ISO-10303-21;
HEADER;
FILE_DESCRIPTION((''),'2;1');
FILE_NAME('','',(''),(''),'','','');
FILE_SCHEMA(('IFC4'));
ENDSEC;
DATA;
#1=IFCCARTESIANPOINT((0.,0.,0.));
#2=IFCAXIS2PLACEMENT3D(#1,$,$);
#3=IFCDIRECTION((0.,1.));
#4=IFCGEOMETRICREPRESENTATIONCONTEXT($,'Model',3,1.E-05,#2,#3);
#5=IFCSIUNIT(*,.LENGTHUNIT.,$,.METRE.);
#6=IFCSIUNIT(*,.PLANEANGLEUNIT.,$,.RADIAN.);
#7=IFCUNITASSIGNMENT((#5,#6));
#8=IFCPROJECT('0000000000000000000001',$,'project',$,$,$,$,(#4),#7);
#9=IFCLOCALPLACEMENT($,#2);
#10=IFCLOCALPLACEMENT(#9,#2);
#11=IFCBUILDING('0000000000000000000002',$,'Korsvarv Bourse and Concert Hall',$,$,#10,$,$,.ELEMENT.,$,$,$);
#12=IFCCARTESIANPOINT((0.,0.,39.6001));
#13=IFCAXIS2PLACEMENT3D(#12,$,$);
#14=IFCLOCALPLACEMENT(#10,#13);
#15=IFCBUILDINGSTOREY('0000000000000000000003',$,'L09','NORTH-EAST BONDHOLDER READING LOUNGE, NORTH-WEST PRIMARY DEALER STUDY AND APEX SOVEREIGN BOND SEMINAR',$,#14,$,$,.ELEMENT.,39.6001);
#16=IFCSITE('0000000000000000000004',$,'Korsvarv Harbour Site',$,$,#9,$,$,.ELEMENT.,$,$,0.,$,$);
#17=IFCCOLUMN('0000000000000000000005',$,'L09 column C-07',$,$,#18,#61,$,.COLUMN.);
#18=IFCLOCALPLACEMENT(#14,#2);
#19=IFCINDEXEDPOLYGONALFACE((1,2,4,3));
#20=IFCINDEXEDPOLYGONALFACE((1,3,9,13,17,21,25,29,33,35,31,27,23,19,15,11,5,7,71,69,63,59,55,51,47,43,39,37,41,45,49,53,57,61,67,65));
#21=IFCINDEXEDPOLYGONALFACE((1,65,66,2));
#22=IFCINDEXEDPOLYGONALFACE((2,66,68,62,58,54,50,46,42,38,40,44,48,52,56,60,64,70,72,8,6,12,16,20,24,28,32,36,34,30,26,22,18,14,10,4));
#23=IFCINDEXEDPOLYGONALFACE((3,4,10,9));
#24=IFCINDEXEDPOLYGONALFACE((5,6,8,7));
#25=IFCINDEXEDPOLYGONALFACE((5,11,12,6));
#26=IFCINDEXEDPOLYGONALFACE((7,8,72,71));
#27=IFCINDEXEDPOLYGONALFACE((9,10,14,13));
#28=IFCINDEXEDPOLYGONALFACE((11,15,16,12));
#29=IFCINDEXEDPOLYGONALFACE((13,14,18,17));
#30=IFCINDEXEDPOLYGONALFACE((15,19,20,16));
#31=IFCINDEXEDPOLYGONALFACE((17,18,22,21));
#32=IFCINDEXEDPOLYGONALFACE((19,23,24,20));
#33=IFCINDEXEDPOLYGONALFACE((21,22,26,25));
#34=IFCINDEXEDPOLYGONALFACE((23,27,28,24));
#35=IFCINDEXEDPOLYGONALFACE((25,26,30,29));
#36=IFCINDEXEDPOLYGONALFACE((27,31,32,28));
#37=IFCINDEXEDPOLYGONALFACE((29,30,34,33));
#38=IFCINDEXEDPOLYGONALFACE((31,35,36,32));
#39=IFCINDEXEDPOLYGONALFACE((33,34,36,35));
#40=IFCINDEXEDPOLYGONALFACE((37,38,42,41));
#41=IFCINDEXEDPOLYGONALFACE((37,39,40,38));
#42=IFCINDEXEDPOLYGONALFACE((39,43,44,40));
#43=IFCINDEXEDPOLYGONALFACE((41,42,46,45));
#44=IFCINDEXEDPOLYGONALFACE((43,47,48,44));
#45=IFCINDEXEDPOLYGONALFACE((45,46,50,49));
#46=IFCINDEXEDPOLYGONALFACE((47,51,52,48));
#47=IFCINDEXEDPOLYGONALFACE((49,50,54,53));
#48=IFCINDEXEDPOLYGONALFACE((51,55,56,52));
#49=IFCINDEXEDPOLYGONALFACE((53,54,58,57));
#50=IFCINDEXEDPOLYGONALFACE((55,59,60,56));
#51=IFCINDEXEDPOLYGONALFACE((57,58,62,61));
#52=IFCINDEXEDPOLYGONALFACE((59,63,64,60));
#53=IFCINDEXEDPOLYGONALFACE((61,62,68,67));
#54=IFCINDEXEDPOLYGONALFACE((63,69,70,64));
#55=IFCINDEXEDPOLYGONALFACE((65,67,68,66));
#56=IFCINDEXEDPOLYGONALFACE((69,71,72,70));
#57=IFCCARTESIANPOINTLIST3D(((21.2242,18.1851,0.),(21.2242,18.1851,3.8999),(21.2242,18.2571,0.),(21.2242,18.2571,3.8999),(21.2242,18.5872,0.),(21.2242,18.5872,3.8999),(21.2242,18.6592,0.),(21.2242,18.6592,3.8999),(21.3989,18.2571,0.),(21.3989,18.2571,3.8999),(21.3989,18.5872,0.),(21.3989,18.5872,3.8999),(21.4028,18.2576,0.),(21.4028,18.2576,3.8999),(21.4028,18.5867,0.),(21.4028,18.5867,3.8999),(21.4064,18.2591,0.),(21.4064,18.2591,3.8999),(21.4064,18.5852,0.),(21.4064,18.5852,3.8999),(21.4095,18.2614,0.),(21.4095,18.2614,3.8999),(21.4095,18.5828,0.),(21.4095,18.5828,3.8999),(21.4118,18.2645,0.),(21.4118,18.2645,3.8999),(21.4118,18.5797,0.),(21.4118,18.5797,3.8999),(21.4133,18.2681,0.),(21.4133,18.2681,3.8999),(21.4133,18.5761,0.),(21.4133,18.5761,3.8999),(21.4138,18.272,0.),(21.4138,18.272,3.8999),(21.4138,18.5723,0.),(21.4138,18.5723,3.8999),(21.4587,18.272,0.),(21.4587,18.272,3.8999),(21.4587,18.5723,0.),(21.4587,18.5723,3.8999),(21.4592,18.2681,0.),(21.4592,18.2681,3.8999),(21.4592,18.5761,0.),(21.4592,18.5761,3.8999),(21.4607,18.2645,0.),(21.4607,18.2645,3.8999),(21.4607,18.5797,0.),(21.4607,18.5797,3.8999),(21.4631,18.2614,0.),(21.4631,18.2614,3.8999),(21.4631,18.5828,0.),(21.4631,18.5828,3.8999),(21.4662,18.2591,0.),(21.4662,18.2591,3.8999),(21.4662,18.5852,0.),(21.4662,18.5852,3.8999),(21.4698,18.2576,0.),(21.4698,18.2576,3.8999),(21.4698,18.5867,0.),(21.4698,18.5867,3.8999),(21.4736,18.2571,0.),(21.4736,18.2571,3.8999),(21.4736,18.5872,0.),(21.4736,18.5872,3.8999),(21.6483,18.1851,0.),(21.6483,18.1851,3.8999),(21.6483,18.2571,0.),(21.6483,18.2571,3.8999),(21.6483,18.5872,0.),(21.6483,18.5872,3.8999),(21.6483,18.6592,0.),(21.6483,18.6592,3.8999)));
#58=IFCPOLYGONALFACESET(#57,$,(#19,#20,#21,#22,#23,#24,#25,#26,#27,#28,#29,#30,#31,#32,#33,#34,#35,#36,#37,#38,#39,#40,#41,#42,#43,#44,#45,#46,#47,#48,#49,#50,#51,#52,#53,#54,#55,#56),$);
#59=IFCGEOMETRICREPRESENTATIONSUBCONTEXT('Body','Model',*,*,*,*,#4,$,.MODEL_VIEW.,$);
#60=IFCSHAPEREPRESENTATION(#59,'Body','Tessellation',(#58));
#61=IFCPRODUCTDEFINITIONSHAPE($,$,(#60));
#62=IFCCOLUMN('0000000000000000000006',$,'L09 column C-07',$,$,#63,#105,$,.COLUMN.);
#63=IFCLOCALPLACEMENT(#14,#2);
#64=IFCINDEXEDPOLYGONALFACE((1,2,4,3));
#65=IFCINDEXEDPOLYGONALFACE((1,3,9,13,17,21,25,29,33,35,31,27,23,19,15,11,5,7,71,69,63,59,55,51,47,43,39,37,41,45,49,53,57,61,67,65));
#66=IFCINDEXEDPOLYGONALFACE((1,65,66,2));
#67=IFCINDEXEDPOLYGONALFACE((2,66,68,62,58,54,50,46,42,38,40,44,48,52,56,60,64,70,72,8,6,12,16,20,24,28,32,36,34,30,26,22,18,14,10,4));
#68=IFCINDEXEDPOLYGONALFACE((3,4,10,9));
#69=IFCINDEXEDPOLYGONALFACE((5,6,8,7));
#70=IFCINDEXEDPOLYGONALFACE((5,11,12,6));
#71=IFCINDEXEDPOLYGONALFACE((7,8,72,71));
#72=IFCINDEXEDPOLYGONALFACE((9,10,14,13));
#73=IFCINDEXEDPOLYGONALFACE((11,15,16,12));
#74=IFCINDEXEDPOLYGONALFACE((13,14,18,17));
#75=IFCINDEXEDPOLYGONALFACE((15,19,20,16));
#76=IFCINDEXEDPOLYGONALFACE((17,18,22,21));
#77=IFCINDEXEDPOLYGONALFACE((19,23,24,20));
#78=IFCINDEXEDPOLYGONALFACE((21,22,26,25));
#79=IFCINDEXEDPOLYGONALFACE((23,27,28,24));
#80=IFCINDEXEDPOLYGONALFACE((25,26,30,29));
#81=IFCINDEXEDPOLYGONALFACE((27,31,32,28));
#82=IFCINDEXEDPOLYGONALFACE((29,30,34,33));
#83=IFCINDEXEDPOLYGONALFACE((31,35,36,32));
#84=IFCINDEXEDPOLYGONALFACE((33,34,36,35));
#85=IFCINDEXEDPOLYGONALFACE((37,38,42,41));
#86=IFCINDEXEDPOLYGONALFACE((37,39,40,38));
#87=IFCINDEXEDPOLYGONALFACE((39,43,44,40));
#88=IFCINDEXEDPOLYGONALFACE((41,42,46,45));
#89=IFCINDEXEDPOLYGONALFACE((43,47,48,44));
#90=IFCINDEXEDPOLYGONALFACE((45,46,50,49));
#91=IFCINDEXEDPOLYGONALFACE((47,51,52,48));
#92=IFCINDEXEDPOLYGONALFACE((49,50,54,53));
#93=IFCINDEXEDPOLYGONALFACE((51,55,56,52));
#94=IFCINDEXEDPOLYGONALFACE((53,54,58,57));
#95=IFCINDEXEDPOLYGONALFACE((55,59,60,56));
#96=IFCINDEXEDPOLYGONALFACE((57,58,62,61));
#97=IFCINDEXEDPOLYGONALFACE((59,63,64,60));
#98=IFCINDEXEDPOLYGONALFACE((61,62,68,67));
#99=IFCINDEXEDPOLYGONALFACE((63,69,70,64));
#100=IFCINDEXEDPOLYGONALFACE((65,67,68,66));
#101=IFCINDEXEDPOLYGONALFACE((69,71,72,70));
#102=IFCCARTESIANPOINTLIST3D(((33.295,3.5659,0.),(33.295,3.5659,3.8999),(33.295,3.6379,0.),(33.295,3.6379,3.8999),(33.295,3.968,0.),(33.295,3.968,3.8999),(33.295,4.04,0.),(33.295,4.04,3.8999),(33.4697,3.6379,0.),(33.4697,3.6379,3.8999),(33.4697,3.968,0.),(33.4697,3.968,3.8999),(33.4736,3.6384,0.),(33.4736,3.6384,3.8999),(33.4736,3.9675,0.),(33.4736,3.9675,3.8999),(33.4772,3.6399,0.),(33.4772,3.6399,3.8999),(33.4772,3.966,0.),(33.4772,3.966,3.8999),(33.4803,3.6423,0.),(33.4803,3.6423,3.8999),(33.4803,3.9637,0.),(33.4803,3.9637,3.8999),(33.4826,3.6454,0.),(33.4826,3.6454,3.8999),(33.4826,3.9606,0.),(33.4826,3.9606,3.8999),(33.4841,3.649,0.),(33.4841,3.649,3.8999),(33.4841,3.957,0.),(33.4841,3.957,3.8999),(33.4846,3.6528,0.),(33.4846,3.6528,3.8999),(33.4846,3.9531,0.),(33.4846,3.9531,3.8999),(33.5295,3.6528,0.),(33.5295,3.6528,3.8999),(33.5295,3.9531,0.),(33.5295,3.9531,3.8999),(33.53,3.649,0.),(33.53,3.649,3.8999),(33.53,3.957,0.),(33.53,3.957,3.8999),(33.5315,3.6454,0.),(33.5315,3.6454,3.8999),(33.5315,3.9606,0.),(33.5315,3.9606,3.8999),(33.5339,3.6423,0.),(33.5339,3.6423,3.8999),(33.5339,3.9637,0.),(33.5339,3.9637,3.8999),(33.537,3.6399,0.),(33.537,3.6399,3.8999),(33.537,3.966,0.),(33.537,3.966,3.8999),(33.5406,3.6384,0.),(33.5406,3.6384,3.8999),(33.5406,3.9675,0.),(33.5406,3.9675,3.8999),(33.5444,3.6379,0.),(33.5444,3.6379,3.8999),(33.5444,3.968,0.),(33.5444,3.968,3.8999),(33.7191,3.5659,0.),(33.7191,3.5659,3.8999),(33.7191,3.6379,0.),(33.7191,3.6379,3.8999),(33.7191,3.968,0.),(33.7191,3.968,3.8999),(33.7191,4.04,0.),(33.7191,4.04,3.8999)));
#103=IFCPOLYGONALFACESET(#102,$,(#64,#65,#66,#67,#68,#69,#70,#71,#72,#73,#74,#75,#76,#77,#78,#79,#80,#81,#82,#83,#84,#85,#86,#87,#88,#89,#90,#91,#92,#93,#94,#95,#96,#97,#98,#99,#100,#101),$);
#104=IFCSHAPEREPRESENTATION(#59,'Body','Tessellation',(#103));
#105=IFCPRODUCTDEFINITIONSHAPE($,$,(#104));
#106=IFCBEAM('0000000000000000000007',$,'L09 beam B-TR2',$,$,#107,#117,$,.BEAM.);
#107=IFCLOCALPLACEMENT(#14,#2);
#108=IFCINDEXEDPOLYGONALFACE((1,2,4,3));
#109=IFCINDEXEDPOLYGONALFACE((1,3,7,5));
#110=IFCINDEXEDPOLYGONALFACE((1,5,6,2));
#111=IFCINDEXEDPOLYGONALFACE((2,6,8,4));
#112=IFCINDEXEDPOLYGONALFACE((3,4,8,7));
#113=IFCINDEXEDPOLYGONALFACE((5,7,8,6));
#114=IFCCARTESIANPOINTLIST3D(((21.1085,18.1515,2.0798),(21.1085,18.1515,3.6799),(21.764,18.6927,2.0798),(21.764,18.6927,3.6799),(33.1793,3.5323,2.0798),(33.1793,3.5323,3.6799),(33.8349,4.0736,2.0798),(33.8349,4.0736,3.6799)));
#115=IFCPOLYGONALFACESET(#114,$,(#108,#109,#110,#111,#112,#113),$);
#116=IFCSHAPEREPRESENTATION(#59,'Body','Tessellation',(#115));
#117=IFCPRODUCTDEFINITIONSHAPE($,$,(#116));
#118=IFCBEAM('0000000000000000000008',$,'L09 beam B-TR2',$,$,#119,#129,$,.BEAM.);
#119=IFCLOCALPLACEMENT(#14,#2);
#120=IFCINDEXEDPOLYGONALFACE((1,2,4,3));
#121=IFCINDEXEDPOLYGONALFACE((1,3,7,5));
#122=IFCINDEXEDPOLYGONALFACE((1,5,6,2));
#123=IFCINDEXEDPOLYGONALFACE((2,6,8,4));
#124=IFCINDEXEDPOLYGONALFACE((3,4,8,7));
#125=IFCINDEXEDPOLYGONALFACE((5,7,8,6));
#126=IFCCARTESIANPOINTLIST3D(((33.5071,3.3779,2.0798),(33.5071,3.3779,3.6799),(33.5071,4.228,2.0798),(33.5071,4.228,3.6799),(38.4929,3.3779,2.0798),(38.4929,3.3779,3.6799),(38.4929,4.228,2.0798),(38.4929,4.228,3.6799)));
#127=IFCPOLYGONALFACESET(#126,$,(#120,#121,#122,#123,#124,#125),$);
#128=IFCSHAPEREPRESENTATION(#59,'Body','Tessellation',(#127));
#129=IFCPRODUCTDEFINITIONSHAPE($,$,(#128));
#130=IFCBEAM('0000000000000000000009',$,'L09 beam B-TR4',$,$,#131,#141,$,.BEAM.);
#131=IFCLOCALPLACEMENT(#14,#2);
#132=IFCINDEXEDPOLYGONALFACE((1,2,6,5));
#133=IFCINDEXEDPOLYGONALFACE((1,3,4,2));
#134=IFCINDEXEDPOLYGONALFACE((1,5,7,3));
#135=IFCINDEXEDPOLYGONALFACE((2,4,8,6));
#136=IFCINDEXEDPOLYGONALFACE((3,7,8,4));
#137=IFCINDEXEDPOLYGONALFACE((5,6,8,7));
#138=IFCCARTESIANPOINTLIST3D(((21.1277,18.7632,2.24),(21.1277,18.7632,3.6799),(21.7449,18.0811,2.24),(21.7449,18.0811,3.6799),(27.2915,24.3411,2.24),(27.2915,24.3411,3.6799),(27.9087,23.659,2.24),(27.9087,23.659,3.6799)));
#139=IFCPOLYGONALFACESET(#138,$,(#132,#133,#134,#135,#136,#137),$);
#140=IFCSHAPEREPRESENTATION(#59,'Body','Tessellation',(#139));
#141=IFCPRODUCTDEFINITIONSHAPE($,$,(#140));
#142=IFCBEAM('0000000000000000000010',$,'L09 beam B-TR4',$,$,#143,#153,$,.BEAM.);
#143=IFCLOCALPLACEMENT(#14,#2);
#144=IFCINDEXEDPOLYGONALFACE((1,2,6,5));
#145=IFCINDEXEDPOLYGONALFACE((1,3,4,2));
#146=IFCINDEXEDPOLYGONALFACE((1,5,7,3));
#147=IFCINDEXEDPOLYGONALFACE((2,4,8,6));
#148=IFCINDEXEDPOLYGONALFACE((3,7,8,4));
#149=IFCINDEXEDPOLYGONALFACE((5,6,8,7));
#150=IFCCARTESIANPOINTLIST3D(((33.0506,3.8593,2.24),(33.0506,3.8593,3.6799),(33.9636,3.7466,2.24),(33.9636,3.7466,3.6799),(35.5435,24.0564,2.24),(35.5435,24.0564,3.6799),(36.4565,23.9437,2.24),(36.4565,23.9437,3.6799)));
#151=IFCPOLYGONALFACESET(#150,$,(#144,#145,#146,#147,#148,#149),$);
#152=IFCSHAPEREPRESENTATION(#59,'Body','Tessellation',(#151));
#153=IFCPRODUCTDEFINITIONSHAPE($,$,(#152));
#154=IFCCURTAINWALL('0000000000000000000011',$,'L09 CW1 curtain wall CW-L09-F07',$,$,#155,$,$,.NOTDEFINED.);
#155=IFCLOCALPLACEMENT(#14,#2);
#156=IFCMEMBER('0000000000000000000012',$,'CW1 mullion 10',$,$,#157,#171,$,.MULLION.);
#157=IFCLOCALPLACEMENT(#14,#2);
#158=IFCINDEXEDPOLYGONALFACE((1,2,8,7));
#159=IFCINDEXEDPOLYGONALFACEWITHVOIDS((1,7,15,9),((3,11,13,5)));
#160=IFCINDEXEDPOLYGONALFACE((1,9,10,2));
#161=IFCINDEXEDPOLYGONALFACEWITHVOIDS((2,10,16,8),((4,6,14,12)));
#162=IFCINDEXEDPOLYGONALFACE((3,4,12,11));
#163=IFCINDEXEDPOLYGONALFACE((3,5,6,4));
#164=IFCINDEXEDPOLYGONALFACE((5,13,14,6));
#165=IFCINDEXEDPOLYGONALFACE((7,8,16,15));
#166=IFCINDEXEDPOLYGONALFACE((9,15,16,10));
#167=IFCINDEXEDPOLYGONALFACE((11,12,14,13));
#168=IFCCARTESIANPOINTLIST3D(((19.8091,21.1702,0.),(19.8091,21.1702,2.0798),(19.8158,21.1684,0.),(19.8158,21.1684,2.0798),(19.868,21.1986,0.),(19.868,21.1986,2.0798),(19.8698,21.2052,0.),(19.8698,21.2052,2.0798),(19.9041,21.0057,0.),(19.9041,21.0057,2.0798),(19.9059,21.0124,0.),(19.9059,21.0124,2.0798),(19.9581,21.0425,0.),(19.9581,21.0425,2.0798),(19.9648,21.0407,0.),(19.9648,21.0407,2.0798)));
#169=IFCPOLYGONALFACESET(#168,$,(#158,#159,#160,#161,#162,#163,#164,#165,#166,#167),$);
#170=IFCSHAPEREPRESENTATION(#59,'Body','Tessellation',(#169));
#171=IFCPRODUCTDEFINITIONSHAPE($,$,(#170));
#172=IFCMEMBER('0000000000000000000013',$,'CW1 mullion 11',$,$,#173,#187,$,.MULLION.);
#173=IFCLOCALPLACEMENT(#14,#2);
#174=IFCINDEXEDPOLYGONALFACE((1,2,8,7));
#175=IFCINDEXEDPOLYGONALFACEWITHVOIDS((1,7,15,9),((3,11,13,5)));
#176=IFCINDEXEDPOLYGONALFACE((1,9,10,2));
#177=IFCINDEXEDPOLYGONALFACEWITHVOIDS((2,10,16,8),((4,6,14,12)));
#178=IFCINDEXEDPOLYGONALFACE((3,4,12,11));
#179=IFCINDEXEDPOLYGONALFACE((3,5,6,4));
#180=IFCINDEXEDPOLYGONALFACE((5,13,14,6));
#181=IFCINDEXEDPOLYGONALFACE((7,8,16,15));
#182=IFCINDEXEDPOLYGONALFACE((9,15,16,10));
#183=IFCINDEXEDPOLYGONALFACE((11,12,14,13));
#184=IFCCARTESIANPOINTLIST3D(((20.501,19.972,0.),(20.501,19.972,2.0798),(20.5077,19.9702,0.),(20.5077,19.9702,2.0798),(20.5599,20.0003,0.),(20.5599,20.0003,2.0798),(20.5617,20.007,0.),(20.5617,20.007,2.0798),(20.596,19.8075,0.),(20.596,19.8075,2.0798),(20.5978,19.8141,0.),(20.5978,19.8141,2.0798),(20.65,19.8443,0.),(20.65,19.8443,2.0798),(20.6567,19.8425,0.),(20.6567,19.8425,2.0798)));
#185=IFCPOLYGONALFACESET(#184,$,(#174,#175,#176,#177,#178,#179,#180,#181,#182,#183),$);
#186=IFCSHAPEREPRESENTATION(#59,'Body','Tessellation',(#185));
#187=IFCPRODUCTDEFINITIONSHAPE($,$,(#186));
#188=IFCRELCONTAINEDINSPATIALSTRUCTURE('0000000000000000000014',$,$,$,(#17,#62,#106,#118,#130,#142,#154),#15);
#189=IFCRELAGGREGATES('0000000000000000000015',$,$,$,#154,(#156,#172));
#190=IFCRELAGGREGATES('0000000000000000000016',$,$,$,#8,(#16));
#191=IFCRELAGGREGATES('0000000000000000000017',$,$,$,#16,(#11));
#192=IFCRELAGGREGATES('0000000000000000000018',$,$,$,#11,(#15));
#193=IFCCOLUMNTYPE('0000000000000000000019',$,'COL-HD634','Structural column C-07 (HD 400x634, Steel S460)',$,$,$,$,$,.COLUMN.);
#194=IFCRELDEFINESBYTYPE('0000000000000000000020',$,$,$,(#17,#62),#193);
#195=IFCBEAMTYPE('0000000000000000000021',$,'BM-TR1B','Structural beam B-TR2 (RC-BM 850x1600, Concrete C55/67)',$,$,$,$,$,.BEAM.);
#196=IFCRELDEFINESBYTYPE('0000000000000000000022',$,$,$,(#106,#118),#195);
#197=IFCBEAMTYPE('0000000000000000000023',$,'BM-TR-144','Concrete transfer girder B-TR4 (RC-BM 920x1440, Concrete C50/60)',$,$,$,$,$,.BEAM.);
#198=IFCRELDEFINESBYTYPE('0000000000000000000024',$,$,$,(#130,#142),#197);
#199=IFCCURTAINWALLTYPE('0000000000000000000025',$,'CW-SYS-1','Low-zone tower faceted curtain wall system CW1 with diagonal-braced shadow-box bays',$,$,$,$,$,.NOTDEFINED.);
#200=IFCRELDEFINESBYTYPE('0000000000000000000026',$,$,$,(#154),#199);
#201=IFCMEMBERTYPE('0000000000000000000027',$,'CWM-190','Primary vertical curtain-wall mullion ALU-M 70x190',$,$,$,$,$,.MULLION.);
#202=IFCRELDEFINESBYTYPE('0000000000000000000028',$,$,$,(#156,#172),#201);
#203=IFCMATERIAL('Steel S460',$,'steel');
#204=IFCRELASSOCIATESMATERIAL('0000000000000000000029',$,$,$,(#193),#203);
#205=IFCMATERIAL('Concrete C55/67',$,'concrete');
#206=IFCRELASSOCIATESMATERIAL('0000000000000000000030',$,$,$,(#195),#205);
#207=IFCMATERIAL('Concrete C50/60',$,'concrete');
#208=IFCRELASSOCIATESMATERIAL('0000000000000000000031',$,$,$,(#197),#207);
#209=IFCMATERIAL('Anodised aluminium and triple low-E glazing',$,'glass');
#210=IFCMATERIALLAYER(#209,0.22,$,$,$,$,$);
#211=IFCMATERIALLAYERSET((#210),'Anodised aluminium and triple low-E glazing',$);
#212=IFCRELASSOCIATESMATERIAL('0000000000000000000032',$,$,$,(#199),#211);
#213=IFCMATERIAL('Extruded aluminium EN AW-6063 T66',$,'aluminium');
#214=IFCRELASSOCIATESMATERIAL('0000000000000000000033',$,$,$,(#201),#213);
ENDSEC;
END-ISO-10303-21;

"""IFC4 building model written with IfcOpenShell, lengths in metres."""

from ifc_helpers import new_model, si_unit, direction, frame, origin, origin_2d, place, context, subcontext, project, spatial, rectangle, hollow_rectangle, i_section, extrude, source, transform, mapped, material, layer, layer_set, material_profile, profile_set, type_object, element, aggregate, save


model = new_model("IFC4")

# Units and contexts
model_context = context("Model", 3, precision=1e-05, world=origin(), true_north=direction((0.0, 1.0)))
body_context = subcontext(model_context, "Body", "Model", "MODEL_VIEW")
ifc_project = project(units=[si_unit("LENGTHUNIT", "METRE"), si_unit("PLANEANGLEUNIT", "RADIAN")], contexts=[model_context])

# Site, building, storey
site_placement = place(None, origin())
site = spatial("IfcSite", under=ifc_project, at=site_placement, Name="Korsvarv Harbour Site", CompositionType="ELEMENT", RefElevation=0.0)
building_placement = place(site_placement, origin())
building = spatial("IfcBuilding", under=site, at=building_placement, Name="Korsvarv Bourse and Concert Hall", CompositionType="ELEMENT")
storey_placement = place(building_placement, frame((0.0, 0.0, 39.6001)))
storey = spatial("IfcBuildingStorey", under=building, at=storey_placement, Name="L09", Description="NORTH-EAST BONDHOLDER READING LOUNGE, NORTH-WEST PRIMARY DEALER STUDY AND APEX SOVEREIGN BOND SEMINAR", CompositionType="ELEMENT", Elevation=39.6001)

# Columns
ifc_material_1 = material(Name="Steel S460", Category="steel")
ifc_material_profile_1 = material_profile(ifc_material_1, i_section(OverallWidth=0.4241, OverallDepth=0.4741, WebThickness=0.0449, FlangeThickness=0.072, FilletRadius=0.0149, at=origin_2d()), Name="HD 400x634")
ifc_profile_set_1 = profile_set([ifc_material_profile_1], Name="Steel S460")
column_type = type_object("IfcColumnType", Name="COL-HD634", Description="Structural column C-07 (HD 400x634, Steel S460)", PredefinedType="COLUMN", material=ifc_profile_set_1)
shared_shape_1 = source(origin(), body_context, "Body", "SweptSolid", [
    extrude(i_section(OverallWidth=0.4241, OverallDepth=0.4741, WebThickness=0.0449, FlangeThickness=0.072, FilletRadius=0.0149, at=origin_2d()), origin(), (0.0, 0.0, 1.0), 3.8999),
])
for number, where, z_axis, x_axis, name in (
    (1, (21.4363, 18.4221, 0.0), (0.0, 0.0, 1.0), (1.0, 0.0, 0.0), "L09 column C-07"),
    (2, (33.5071, 3.803, 0.0), (0.0, 0.0, 1.0), (1.0, 0.0, 0.0), "L09 column C-07"),
):
    element("IfcColumn", number, at=place(storey_placement, frame(where, z_axis=z_axis, x_axis=x_axis)), inside=storey, type_object=column_type, Name=name, PredefinedType="COLUMN", context=body_context, shape_type="MappedRepresentation", body=[
        mapped(shared_shape_1, transform((0.0, 0.0, 0.0), scale=1.0)),
    ])

# Beams
ifc_material_2 = material(Name="Concrete C55/67", Category="concrete")
ifc_material_profile_2 = material_profile(ifc_material_2, rectangle(XDim=0.8501, YDim=1.6001, at=origin_2d()), Name="RC-BM 850x1600")
ifc_profile_set_2 = profile_set([ifc_material_profile_2], Name="Concrete C55/67")
beam_type_1 = type_object("IfcBeamType", Name="BM-TR1B", Description="Structural beam B-TR2 (RC-BM 850x1600, Concrete C55/67)", PredefinedType="BEAM", material=ifc_profile_set_2)
shared_shape_2 = source(origin(), body_context, "Body", "SweptSolid", [
    extrude(rectangle(XDim=0.8501, YDim=1.6001, at=origin_2d()), origin(), (0.0, 0.0, 1.0), 18.9585),
])
beam_1_placement = place(storey_placement, frame((21.4363, 18.4221, 2.8799), z_axis=(0.636697, -0.771114, 0.0), x_axis=(0.771114, 0.636697, 0.0)))
element("IfcBeam", 3, at=beam_1_placement, inside=storey, type_object=beam_type_1, Name="L09 beam B-TR2", PredefinedType="BEAM", context=body_context, shape_type="MappedRepresentation", body=[
    mapped(shared_shape_2, transform((0.0, 0.0, 0.0), scale=1.0)),
])
shared_shape_3 = source(origin(), body_context, "Body", "SweptSolid", [
    extrude(rectangle(XDim=0.8501, YDim=1.6001, at=origin_2d()), origin(), (0.0, 0.0, 1.0), 4.9858),
])
beam_2_placement = place(storey_placement, frame((33.5071, 3.803, 2.8799), z_axis=(1.0, 0.0, 0.0), x_axis=(0.0, 1.0, 0.0)))
element("IfcBeam", 4, at=beam_2_placement, inside=storey, type_object=beam_type_1, Name="L09 beam B-TR2", PredefinedType="BEAM", context=body_context, shape_type="MappedRepresentation", body=[
    mapped(shared_shape_3, transform((0.0, 0.0, 0.0), scale=1.0)),
])
ifc_material_3 = material(Name="Concrete C50/60", Category="concrete")
ifc_material_profile_3 = material_profile(ifc_material_3, rectangle(XDim=0.9199, YDim=1.4399, at=origin_2d()), Name="RC-BM 920x1440")
ifc_profile_set_3 = profile_set([ifc_material_profile_3], Name="Concrete C50/60")
beam_type_2 = type_object("IfcBeamType", Name="BM-TR-144", Description="Concrete transfer girder B-TR4 (RC-BM 920x1440, Concrete C50/60)", PredefinedType="BEAM", material=ifc_profile_set_3)
shared_shape_4 = source(origin(), body_context, "Body", "SweptSolid", [
    extrude(rectangle(XDim=0.9199, YDim=1.4399, at=origin_2d()), origin(), (0.0, 0.0, 1.0), 8.313),
])
beam_3_placement = place(storey_placement, frame((21.4363, 18.4221, 2.96), z_axis=(0.74147, 0.670986, 0.0), x_axis=(-0.670986, 0.74147, 0.0)))
element("IfcBeam", 5, at=beam_3_placement, inside=storey, type_object=beam_type_2, Name="L09 beam B-TR4", PredefinedType="BEAM", context=body_context, shape_type="MappedRepresentation", body=[
    mapped(shared_shape_4, transform((0.0, 0.0, 0.0), scale=1.0)),
])
shared_shape_5 = source(origin(), body_context, "Body", "SweptSolid", [
    extrude(rectangle(XDim=0.9199, YDim=1.4399, at=origin_2d()), origin(), (0.0, 0.0, 1.0), 20.3503),
])
beam_4_placement = place(storey_placement, frame((33.5071, 3.803, 2.96), z_axis=(0.1225, 0.992468, 0.0), x_axis=(-0.992468, 0.1225, 0.0)))
element("IfcBeam", 6, at=beam_4_placement, inside=storey, type_object=beam_type_2, Name="L09 beam B-TR4", PredefinedType="BEAM", context=body_context, shape_type="MappedRepresentation", body=[
    mapped(shared_shape_5, transform((0.0, 0.0, 0.0), scale=1.0)),
])

# Curtain wall, members
ifc_material_4 = material(Name="Anodised aluminium and triple low-E glazing", Category="glass")
ifc_layer_1 = layer(ifc_material_4, 0.22)
ifc_layer_set_1 = layer_set([ifc_layer_1], Name="Anodised aluminium and triple low-E glazing")
curtain_wall_type = type_object("IfcCurtainWallType", Name="CW-SYS-1", Description="Low-zone tower faceted curtain wall system CW1 with diagonal-braced shadow-box bays", PredefinedType="NOTDEFINED", material=ifc_layer_set_1)
curtain_wall_placement = place(storey_placement, origin())
curtain_wall = element("IfcCurtainWall", 7, at=curtain_wall_placement, inside=storey, type_object=curtain_wall_type, Name="L09 CW1 curtain wall CW-L09-F07", PredefinedType="NOTDEFINED")
ifc_material_5 = material(Name="Extruded aluminium EN AW-6063 T66", Category="aluminium")
ifc_material_profile_4 = material_profile(ifc_material_5, hollow_rectangle(XDim=0.0701, YDim=0.1899, WallThickness=0.0049, at=origin_2d()), Name="ALU-M 70x190")
ifc_profile_set_4 = profile_set([ifc_material_profile_4], Name="Extruded aluminium EN AW-6063 T66")
member_type_1 = type_object("IfcMemberType", Name="CWM-190", Description="Primary vertical curtain-wall mullion ALU-M 70x190", PredefinedType="MULLION", material=ifc_profile_set_4)
shared_shape_6 = source(origin(), body_context, "Body", "SweptSolid", [
    extrude(hollow_rectangle(XDim=0.0701, YDim=0.1899, WallThickness=0.0049, at=origin_2d()), origin(), (0.0, 0.0, 1.0), 2.0798),
])
member_1_placement = place(storey_placement, frame((19.887, 21.1055, 0.0), z_axis=(0.0, 0.0, 1.0), x_axis=(0.866026, 0.5, 0.0)))
member_1 = element("IfcMember", 8, at=member_1_placement, type_object=member_type_1, Name="CW1 mullion 10", PredefinedType="MULLION", context=body_context, shape_type="MappedRepresentation", body=[
    mapped(shared_shape_6, transform((0.0, 0.0, 0.0), scale=1.0)),
])
member_2_placement = place(storey_placement, frame((20.5789, 19.9072, 0.0), z_axis=(0.0, 0.0, 1.0), x_axis=(0.866026, 0.5, 0.0)))
member_2 = element("IfcMember", 9, at=member_2_placement, type_object=member_type_1, Name="CW1 mullion 11", PredefinedType="MULLION", context=body_context, shape_type="MappedRepresentation", body=[
    mapped(shared_shape_6, transform((0.0, 0.0, 0.0), scale=1.0)),
])
aggregate(curtain_wall, [member_1, member_2])

save(model, "model.ifc")
